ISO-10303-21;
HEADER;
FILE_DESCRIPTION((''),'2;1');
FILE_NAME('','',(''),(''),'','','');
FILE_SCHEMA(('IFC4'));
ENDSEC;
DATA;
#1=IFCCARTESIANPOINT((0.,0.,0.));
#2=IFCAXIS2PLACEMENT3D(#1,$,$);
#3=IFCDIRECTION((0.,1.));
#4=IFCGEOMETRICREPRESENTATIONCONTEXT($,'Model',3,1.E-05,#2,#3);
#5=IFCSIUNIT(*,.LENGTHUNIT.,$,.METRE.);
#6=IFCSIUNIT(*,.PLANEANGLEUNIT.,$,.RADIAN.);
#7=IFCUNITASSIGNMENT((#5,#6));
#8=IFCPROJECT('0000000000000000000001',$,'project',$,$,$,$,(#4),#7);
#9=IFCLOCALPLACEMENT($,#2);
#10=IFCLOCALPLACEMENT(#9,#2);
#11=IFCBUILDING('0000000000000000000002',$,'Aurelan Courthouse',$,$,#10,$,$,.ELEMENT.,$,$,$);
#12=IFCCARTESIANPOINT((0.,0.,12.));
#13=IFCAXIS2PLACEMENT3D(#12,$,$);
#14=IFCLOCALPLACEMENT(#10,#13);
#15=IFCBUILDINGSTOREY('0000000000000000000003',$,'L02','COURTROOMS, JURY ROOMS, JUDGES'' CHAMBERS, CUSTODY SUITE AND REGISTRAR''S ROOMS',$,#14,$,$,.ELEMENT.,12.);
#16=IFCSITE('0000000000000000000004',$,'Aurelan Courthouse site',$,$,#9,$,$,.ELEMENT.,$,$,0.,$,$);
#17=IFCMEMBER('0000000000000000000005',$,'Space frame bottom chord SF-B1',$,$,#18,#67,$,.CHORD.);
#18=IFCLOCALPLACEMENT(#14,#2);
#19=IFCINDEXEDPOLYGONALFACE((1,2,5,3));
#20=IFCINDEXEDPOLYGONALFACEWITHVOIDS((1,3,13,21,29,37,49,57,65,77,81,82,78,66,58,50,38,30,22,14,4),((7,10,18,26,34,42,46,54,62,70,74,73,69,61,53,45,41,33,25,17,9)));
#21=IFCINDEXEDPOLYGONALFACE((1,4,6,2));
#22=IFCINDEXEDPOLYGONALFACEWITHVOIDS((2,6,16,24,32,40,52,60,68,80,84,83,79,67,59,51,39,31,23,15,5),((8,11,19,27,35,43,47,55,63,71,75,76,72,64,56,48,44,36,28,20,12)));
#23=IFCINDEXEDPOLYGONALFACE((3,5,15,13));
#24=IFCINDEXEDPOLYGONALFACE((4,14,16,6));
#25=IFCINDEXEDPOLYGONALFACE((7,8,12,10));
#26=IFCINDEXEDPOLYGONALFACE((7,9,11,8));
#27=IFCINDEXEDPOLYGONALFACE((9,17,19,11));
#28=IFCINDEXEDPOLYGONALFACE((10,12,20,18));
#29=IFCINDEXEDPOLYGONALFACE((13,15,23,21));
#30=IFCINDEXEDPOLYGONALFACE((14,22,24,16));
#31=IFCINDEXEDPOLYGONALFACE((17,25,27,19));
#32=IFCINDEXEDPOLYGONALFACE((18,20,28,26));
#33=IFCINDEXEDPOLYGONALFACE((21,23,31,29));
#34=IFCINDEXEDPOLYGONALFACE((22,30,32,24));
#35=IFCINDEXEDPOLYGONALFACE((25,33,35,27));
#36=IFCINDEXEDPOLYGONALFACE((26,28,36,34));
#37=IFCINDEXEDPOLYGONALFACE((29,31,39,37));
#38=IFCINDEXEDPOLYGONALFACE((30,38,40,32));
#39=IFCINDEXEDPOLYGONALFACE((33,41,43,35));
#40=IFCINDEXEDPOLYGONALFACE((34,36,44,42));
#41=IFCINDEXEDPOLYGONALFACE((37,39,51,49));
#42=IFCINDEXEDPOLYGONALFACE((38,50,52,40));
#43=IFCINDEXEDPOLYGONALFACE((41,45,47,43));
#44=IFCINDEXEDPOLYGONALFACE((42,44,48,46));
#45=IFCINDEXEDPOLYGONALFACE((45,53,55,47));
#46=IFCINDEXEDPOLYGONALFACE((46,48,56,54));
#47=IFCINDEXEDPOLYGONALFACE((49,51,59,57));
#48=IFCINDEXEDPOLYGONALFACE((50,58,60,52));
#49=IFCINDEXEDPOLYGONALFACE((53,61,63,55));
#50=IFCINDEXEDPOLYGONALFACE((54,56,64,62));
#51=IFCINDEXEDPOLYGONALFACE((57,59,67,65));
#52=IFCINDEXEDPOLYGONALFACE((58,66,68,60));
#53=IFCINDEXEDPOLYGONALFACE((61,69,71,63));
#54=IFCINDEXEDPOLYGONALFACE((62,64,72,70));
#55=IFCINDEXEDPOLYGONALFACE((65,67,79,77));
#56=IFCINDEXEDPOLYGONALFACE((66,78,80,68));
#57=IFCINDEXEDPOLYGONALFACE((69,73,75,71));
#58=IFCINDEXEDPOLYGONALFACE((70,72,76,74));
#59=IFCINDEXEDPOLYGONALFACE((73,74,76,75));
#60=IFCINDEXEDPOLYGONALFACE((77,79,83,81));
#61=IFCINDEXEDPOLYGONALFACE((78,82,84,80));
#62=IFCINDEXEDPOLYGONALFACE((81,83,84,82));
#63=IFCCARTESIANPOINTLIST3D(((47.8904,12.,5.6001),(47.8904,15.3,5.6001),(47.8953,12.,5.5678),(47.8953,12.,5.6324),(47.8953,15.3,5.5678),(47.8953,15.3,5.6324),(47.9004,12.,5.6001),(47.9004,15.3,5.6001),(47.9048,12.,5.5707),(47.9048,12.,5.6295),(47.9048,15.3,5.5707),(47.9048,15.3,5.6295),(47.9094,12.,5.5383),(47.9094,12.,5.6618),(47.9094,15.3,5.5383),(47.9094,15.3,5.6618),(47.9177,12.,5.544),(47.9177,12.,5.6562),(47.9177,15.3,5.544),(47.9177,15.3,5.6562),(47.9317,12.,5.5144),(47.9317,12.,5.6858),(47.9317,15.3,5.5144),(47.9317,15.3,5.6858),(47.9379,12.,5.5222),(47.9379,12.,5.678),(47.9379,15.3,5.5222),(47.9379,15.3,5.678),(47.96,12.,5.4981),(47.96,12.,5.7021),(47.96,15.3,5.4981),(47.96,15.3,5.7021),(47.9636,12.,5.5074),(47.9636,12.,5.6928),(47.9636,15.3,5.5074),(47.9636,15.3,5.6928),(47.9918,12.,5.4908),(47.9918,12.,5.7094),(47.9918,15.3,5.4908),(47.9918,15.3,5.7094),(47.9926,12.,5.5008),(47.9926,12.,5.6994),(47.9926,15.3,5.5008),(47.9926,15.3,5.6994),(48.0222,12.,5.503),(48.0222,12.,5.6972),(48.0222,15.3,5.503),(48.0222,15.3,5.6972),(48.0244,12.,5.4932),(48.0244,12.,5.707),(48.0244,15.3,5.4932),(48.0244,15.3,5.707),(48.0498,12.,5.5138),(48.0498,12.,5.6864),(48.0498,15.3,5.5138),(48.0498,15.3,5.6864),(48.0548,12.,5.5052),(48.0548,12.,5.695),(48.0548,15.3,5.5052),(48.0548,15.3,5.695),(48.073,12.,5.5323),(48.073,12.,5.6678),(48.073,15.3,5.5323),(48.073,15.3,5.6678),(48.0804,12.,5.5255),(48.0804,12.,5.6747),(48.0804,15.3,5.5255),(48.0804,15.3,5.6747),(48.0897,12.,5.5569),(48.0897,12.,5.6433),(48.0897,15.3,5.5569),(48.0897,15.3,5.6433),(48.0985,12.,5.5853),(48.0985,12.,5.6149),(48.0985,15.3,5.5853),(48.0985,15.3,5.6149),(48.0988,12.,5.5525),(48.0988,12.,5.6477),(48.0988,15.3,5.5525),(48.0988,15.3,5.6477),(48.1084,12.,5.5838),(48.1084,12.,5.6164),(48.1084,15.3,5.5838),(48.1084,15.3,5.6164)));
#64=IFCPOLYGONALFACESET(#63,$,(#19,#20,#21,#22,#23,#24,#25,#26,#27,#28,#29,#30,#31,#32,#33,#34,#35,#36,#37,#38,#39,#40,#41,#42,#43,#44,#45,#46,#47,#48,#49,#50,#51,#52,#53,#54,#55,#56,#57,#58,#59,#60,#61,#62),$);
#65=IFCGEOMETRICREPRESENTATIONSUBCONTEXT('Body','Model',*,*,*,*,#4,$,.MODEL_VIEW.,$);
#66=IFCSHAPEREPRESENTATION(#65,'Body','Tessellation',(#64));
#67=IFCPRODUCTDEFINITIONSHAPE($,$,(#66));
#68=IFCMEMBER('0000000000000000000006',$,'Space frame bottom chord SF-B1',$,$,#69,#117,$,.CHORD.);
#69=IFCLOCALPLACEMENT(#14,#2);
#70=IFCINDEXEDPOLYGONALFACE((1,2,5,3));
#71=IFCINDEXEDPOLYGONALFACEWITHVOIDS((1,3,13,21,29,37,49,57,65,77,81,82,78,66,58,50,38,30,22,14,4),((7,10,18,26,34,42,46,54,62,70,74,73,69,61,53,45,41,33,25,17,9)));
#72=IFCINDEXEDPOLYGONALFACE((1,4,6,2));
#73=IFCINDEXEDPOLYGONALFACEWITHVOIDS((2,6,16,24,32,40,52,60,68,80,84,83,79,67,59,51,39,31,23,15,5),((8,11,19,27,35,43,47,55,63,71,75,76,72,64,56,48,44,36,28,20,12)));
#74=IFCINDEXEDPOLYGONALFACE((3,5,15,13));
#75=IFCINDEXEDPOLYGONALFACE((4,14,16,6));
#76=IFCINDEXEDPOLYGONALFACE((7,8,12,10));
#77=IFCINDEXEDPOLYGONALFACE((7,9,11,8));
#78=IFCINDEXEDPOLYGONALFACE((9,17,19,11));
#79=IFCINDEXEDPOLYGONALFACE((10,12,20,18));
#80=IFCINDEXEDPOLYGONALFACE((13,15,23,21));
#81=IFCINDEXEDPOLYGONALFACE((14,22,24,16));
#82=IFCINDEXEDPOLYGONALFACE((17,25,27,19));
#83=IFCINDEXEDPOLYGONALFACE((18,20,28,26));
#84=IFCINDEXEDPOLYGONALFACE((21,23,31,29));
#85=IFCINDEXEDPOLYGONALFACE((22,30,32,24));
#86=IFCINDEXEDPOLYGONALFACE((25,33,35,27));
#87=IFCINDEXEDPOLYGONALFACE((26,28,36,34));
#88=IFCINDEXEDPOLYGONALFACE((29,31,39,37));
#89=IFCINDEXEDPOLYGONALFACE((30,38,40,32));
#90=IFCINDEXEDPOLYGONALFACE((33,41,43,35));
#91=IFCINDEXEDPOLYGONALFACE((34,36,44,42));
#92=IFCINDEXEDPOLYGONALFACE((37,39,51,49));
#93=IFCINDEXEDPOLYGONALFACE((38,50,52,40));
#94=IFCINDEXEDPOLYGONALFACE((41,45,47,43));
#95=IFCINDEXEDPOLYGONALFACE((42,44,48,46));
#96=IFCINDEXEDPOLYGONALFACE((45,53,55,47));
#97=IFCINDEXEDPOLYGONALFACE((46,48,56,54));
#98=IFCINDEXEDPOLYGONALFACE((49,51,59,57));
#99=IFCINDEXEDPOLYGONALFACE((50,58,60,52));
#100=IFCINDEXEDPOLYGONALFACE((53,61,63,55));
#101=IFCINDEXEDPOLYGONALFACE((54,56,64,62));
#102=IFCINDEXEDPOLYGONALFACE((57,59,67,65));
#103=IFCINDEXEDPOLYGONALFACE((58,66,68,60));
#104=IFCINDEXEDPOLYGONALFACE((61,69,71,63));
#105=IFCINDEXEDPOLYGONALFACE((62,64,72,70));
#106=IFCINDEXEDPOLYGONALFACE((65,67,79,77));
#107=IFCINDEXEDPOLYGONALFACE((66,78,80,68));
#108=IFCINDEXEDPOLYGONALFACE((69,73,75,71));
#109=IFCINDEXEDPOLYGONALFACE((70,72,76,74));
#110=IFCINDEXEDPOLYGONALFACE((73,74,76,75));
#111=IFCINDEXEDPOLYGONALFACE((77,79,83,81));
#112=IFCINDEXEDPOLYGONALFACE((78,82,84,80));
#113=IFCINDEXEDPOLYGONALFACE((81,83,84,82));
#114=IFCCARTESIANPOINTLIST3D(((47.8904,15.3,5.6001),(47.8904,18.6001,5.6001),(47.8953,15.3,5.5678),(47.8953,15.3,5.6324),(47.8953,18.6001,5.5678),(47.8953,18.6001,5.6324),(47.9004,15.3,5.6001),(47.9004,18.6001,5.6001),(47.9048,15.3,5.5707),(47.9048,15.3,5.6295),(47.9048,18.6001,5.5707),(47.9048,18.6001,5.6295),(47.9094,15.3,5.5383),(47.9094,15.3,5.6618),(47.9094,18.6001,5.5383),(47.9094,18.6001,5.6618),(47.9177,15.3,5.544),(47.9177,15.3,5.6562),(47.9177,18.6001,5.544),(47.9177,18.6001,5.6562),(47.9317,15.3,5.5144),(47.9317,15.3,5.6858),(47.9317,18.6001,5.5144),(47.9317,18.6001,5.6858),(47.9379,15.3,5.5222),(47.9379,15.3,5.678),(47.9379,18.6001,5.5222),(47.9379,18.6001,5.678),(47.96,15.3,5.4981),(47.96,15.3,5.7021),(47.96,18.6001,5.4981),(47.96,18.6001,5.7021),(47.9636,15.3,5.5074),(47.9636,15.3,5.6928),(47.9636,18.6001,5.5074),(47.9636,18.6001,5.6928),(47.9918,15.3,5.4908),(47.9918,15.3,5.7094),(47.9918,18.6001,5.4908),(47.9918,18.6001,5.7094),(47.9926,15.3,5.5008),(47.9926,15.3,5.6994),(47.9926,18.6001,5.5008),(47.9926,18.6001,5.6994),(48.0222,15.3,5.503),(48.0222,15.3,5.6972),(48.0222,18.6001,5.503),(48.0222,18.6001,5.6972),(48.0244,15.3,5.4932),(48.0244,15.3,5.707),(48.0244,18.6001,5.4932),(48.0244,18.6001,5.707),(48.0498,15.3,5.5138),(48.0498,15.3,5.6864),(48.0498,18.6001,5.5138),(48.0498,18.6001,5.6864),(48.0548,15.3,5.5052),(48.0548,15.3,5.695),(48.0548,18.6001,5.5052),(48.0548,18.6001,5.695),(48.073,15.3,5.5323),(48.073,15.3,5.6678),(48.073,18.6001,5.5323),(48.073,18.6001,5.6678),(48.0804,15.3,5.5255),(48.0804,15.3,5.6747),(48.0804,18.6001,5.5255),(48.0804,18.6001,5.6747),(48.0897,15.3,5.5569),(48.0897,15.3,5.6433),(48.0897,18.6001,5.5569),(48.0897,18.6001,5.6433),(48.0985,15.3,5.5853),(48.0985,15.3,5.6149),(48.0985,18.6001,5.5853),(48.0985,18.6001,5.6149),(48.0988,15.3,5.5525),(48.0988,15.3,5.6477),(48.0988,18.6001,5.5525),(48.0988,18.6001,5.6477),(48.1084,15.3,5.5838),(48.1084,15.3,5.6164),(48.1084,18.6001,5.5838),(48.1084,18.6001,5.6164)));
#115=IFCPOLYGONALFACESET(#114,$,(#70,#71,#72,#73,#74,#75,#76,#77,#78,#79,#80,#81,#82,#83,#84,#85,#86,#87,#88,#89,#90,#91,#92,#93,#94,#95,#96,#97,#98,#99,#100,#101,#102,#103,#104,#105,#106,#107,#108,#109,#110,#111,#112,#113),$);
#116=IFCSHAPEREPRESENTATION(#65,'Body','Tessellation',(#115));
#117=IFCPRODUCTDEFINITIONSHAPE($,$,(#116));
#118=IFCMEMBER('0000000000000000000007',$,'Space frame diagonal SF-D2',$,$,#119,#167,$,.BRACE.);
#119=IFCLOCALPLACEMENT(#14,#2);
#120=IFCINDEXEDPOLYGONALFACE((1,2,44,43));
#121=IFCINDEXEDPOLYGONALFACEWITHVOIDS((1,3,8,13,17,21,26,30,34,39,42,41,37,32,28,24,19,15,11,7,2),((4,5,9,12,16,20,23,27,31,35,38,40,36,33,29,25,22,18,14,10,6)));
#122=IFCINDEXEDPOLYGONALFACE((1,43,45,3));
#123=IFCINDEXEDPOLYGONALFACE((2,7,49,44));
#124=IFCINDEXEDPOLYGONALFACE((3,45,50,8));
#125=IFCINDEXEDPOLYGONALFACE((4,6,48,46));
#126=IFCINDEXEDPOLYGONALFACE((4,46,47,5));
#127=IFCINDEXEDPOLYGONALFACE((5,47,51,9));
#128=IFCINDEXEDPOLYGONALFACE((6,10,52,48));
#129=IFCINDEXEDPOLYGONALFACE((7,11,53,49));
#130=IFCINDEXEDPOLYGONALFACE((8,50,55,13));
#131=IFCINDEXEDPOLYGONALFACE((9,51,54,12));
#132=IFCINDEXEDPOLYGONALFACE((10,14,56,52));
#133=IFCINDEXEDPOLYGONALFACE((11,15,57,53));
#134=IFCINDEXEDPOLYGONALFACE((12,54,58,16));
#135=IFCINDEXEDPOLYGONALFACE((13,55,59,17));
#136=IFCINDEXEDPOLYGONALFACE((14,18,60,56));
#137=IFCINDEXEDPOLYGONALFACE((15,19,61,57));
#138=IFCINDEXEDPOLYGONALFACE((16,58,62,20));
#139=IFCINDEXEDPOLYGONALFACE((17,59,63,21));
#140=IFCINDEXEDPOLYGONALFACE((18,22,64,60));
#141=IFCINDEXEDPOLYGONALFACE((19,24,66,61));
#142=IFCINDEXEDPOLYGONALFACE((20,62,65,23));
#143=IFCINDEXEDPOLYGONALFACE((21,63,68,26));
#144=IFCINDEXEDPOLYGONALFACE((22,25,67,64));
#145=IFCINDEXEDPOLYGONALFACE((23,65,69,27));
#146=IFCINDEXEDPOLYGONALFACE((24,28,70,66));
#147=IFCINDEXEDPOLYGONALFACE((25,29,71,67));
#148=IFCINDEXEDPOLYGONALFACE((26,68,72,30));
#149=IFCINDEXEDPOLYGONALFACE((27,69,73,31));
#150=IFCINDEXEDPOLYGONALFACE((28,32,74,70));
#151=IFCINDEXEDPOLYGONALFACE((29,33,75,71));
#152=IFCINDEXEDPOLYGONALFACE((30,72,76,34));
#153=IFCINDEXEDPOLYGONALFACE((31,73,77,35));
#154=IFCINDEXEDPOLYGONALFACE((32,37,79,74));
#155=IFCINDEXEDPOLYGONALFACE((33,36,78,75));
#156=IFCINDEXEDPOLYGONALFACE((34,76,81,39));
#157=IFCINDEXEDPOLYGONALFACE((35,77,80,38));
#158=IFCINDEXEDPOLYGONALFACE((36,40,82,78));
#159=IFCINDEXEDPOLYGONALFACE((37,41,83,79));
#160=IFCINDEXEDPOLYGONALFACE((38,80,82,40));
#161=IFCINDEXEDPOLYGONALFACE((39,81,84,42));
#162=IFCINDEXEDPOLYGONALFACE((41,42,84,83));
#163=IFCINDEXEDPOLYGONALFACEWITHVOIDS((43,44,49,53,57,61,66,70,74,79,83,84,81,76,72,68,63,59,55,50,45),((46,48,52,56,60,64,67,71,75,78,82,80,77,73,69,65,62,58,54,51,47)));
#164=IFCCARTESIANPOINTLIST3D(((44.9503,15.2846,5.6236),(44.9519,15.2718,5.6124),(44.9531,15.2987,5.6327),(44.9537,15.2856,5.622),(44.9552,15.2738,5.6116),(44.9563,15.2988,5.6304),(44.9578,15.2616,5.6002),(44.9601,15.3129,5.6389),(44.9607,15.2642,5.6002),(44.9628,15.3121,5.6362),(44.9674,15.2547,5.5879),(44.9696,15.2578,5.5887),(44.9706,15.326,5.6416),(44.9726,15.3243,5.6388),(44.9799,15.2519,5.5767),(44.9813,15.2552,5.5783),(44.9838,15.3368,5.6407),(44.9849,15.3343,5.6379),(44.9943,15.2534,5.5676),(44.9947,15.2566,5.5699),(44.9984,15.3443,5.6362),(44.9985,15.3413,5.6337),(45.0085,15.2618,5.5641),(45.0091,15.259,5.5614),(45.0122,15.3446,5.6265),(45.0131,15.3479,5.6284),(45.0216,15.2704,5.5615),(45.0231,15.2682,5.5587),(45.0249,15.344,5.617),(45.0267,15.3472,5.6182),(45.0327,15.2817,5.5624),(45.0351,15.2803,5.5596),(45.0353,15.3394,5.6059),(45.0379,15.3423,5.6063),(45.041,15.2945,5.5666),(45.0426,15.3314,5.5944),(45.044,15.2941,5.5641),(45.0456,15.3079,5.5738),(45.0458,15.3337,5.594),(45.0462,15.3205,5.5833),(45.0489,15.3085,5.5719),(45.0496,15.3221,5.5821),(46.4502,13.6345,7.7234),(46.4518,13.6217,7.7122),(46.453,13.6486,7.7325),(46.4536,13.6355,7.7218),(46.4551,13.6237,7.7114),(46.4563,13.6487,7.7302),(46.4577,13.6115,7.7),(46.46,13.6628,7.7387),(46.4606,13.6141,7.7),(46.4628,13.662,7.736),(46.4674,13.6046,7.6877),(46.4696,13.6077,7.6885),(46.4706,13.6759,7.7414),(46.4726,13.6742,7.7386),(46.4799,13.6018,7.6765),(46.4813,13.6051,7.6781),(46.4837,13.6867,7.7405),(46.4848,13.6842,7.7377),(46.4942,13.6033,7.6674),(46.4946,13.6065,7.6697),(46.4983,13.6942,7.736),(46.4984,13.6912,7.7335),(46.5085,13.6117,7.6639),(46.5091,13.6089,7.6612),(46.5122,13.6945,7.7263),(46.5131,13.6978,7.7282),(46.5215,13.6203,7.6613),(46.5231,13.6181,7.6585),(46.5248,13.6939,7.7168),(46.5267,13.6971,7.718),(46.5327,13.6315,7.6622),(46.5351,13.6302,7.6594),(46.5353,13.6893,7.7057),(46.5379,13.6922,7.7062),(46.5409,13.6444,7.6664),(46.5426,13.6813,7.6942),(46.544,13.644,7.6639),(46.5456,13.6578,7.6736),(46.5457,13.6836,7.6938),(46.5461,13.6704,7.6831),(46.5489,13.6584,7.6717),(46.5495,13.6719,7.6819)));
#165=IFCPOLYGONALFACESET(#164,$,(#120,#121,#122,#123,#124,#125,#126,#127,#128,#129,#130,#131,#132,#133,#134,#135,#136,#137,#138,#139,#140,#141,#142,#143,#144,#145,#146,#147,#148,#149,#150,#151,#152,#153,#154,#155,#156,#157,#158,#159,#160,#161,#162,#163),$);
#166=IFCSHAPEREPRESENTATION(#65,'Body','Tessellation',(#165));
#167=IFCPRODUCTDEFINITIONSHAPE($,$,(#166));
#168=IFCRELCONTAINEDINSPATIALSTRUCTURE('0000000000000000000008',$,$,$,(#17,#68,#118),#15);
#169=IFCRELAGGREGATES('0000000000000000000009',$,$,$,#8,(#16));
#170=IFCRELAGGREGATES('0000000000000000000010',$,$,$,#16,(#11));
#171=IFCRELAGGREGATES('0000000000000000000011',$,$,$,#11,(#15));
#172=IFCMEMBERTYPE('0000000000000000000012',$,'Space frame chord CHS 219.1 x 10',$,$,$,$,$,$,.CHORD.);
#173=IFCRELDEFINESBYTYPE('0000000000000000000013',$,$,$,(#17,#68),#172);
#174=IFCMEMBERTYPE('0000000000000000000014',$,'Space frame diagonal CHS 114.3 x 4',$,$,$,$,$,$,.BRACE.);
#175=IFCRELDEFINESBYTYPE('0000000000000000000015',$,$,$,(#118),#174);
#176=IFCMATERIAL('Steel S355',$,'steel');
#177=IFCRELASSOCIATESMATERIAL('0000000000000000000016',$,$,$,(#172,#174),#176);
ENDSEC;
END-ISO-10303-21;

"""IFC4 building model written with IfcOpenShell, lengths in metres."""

from ifc_helpers import new_model, si_unit, direction, frame, origin, origin_2d, place, context, subcontext, project, spatial, hollow_circle, extrude, material, material_profile, profile_set, type_object, element, save


model = new_model("IFC4")

# Units and contexts
model_context = context("Model", 3, precision=1e-05, world=origin(), true_north=direction((0.0, 1.0)))
body_context = subcontext(model_context, "Body", "Model", "MODEL_VIEW")
ifc_project = project(units=[si_unit("LENGTHUNIT", "METRE"), si_unit("PLANEANGLEUNIT", "RADIAN")], contexts=[model_context])

# Site, building, storey
site_placement = place(None, origin())
site = spatial("IfcSite", under=ifc_project, at=site_placement, Name="Aurelan Courthouse site", CompositionType="ELEMENT", RefElevation=0.0)
building_placement = place(site_placement, origin())
building = spatial("IfcBuilding", under=site, at=building_placement, Name="Aurelan Courthouse", CompositionType="ELEMENT")
storey_placement = place(building_placement, frame((0.0, 0.0, 12.0)))
storey = spatial("IfcBuildingStorey", under=building, at=storey_placement, Name="L02", Description="COURTROOMS, JURY ROOMS, JUDGES' CHAMBERS, CUSTODY SUITE AND REGISTRAR'S ROOMS", CompositionType="ELEMENT", Elevation=12.0)

# Members
ifc_material_1 = material(Name="Steel S355", Category="steel")
ifc_material_profile_1 = material_profile(ifc_material_1, hollow_circle(Radius=0.1096, WallThickness=0.01, at=origin_2d()), Name="CHS 219.1 x 10")
ifc_profile_set_1 = profile_set([ifc_material_profile_1], Name="Steel S355")
member_type_1 = type_object("IfcMemberType", Name="Space frame chord CHS 219.1 x 10", PredefinedType="CHORD", material=ifc_profile_set_1)
for number, where, z_axis, x_axis, name in (
    (1, (48.0, 12.0, 5.6001), (0.0, 1.0, 0.0), (-1.0, 0.0, 0.0), "Space frame bottom chord SF-B1"),
    (2, (48.0, 15.3, 5.6001), (0.0, 1.0, 0.0), (-1.0, 0.0, 0.0), "Space frame bottom chord SF-B1"),
):
    element("IfcMember", number, at=place(storey_placement, frame(where, z_axis=z_axis, x_axis=x_axis)), inside=storey, type_object=member_type_1, Name=name, PredefinedType="CHORD", context=body_context, shape_type="SweptSolid", body=[
        extrude(hollow_circle(Radius=0.1096, WallThickness=0.01, at=origin_2d()), origin(), (0.0, 0.0, 1.0), 3.3),
    ])
ifc_material_profile_2 = material_profile(ifc_material_1, hollow_circle(Radius=0.0571, WallThickness=0.0039, at=origin_2d()), Name="CHS 114.3 x 4")
ifc_profile_set_2 = profile_set([ifc_material_profile_2], Name="Steel S355")
member_type_2 = type_object("IfcMemberType", Name="Space frame diagonal CHS 114.3 x 4", PredefinedType="BRACE", material=ifc_profile_set_2)
for number, where, z_axis, x_axis, name in (
    (3, (46.5, 13.6499, 7.7), (-0.489706, 0.538724, -0.68554), (-0.73997, -0.67264, 0.0), "Space frame diagonal SF-D2"),
):
    element("IfcMember", number, at=place(storey_placement, frame(where, z_axis=z_axis, x_axis=x_axis)), inside=storey, type_object=member_type_2, Name=name, PredefinedType="BRACE", context=body_context, shape_type="SweptSolid", body=[
        extrude(hollow_circle(Radius=0.0571, WallThickness=0.0039, at=origin_2d()), origin(), (0.0, 0.0, 1.0), 3.063),
    ])

save(model, "model.ifc")
